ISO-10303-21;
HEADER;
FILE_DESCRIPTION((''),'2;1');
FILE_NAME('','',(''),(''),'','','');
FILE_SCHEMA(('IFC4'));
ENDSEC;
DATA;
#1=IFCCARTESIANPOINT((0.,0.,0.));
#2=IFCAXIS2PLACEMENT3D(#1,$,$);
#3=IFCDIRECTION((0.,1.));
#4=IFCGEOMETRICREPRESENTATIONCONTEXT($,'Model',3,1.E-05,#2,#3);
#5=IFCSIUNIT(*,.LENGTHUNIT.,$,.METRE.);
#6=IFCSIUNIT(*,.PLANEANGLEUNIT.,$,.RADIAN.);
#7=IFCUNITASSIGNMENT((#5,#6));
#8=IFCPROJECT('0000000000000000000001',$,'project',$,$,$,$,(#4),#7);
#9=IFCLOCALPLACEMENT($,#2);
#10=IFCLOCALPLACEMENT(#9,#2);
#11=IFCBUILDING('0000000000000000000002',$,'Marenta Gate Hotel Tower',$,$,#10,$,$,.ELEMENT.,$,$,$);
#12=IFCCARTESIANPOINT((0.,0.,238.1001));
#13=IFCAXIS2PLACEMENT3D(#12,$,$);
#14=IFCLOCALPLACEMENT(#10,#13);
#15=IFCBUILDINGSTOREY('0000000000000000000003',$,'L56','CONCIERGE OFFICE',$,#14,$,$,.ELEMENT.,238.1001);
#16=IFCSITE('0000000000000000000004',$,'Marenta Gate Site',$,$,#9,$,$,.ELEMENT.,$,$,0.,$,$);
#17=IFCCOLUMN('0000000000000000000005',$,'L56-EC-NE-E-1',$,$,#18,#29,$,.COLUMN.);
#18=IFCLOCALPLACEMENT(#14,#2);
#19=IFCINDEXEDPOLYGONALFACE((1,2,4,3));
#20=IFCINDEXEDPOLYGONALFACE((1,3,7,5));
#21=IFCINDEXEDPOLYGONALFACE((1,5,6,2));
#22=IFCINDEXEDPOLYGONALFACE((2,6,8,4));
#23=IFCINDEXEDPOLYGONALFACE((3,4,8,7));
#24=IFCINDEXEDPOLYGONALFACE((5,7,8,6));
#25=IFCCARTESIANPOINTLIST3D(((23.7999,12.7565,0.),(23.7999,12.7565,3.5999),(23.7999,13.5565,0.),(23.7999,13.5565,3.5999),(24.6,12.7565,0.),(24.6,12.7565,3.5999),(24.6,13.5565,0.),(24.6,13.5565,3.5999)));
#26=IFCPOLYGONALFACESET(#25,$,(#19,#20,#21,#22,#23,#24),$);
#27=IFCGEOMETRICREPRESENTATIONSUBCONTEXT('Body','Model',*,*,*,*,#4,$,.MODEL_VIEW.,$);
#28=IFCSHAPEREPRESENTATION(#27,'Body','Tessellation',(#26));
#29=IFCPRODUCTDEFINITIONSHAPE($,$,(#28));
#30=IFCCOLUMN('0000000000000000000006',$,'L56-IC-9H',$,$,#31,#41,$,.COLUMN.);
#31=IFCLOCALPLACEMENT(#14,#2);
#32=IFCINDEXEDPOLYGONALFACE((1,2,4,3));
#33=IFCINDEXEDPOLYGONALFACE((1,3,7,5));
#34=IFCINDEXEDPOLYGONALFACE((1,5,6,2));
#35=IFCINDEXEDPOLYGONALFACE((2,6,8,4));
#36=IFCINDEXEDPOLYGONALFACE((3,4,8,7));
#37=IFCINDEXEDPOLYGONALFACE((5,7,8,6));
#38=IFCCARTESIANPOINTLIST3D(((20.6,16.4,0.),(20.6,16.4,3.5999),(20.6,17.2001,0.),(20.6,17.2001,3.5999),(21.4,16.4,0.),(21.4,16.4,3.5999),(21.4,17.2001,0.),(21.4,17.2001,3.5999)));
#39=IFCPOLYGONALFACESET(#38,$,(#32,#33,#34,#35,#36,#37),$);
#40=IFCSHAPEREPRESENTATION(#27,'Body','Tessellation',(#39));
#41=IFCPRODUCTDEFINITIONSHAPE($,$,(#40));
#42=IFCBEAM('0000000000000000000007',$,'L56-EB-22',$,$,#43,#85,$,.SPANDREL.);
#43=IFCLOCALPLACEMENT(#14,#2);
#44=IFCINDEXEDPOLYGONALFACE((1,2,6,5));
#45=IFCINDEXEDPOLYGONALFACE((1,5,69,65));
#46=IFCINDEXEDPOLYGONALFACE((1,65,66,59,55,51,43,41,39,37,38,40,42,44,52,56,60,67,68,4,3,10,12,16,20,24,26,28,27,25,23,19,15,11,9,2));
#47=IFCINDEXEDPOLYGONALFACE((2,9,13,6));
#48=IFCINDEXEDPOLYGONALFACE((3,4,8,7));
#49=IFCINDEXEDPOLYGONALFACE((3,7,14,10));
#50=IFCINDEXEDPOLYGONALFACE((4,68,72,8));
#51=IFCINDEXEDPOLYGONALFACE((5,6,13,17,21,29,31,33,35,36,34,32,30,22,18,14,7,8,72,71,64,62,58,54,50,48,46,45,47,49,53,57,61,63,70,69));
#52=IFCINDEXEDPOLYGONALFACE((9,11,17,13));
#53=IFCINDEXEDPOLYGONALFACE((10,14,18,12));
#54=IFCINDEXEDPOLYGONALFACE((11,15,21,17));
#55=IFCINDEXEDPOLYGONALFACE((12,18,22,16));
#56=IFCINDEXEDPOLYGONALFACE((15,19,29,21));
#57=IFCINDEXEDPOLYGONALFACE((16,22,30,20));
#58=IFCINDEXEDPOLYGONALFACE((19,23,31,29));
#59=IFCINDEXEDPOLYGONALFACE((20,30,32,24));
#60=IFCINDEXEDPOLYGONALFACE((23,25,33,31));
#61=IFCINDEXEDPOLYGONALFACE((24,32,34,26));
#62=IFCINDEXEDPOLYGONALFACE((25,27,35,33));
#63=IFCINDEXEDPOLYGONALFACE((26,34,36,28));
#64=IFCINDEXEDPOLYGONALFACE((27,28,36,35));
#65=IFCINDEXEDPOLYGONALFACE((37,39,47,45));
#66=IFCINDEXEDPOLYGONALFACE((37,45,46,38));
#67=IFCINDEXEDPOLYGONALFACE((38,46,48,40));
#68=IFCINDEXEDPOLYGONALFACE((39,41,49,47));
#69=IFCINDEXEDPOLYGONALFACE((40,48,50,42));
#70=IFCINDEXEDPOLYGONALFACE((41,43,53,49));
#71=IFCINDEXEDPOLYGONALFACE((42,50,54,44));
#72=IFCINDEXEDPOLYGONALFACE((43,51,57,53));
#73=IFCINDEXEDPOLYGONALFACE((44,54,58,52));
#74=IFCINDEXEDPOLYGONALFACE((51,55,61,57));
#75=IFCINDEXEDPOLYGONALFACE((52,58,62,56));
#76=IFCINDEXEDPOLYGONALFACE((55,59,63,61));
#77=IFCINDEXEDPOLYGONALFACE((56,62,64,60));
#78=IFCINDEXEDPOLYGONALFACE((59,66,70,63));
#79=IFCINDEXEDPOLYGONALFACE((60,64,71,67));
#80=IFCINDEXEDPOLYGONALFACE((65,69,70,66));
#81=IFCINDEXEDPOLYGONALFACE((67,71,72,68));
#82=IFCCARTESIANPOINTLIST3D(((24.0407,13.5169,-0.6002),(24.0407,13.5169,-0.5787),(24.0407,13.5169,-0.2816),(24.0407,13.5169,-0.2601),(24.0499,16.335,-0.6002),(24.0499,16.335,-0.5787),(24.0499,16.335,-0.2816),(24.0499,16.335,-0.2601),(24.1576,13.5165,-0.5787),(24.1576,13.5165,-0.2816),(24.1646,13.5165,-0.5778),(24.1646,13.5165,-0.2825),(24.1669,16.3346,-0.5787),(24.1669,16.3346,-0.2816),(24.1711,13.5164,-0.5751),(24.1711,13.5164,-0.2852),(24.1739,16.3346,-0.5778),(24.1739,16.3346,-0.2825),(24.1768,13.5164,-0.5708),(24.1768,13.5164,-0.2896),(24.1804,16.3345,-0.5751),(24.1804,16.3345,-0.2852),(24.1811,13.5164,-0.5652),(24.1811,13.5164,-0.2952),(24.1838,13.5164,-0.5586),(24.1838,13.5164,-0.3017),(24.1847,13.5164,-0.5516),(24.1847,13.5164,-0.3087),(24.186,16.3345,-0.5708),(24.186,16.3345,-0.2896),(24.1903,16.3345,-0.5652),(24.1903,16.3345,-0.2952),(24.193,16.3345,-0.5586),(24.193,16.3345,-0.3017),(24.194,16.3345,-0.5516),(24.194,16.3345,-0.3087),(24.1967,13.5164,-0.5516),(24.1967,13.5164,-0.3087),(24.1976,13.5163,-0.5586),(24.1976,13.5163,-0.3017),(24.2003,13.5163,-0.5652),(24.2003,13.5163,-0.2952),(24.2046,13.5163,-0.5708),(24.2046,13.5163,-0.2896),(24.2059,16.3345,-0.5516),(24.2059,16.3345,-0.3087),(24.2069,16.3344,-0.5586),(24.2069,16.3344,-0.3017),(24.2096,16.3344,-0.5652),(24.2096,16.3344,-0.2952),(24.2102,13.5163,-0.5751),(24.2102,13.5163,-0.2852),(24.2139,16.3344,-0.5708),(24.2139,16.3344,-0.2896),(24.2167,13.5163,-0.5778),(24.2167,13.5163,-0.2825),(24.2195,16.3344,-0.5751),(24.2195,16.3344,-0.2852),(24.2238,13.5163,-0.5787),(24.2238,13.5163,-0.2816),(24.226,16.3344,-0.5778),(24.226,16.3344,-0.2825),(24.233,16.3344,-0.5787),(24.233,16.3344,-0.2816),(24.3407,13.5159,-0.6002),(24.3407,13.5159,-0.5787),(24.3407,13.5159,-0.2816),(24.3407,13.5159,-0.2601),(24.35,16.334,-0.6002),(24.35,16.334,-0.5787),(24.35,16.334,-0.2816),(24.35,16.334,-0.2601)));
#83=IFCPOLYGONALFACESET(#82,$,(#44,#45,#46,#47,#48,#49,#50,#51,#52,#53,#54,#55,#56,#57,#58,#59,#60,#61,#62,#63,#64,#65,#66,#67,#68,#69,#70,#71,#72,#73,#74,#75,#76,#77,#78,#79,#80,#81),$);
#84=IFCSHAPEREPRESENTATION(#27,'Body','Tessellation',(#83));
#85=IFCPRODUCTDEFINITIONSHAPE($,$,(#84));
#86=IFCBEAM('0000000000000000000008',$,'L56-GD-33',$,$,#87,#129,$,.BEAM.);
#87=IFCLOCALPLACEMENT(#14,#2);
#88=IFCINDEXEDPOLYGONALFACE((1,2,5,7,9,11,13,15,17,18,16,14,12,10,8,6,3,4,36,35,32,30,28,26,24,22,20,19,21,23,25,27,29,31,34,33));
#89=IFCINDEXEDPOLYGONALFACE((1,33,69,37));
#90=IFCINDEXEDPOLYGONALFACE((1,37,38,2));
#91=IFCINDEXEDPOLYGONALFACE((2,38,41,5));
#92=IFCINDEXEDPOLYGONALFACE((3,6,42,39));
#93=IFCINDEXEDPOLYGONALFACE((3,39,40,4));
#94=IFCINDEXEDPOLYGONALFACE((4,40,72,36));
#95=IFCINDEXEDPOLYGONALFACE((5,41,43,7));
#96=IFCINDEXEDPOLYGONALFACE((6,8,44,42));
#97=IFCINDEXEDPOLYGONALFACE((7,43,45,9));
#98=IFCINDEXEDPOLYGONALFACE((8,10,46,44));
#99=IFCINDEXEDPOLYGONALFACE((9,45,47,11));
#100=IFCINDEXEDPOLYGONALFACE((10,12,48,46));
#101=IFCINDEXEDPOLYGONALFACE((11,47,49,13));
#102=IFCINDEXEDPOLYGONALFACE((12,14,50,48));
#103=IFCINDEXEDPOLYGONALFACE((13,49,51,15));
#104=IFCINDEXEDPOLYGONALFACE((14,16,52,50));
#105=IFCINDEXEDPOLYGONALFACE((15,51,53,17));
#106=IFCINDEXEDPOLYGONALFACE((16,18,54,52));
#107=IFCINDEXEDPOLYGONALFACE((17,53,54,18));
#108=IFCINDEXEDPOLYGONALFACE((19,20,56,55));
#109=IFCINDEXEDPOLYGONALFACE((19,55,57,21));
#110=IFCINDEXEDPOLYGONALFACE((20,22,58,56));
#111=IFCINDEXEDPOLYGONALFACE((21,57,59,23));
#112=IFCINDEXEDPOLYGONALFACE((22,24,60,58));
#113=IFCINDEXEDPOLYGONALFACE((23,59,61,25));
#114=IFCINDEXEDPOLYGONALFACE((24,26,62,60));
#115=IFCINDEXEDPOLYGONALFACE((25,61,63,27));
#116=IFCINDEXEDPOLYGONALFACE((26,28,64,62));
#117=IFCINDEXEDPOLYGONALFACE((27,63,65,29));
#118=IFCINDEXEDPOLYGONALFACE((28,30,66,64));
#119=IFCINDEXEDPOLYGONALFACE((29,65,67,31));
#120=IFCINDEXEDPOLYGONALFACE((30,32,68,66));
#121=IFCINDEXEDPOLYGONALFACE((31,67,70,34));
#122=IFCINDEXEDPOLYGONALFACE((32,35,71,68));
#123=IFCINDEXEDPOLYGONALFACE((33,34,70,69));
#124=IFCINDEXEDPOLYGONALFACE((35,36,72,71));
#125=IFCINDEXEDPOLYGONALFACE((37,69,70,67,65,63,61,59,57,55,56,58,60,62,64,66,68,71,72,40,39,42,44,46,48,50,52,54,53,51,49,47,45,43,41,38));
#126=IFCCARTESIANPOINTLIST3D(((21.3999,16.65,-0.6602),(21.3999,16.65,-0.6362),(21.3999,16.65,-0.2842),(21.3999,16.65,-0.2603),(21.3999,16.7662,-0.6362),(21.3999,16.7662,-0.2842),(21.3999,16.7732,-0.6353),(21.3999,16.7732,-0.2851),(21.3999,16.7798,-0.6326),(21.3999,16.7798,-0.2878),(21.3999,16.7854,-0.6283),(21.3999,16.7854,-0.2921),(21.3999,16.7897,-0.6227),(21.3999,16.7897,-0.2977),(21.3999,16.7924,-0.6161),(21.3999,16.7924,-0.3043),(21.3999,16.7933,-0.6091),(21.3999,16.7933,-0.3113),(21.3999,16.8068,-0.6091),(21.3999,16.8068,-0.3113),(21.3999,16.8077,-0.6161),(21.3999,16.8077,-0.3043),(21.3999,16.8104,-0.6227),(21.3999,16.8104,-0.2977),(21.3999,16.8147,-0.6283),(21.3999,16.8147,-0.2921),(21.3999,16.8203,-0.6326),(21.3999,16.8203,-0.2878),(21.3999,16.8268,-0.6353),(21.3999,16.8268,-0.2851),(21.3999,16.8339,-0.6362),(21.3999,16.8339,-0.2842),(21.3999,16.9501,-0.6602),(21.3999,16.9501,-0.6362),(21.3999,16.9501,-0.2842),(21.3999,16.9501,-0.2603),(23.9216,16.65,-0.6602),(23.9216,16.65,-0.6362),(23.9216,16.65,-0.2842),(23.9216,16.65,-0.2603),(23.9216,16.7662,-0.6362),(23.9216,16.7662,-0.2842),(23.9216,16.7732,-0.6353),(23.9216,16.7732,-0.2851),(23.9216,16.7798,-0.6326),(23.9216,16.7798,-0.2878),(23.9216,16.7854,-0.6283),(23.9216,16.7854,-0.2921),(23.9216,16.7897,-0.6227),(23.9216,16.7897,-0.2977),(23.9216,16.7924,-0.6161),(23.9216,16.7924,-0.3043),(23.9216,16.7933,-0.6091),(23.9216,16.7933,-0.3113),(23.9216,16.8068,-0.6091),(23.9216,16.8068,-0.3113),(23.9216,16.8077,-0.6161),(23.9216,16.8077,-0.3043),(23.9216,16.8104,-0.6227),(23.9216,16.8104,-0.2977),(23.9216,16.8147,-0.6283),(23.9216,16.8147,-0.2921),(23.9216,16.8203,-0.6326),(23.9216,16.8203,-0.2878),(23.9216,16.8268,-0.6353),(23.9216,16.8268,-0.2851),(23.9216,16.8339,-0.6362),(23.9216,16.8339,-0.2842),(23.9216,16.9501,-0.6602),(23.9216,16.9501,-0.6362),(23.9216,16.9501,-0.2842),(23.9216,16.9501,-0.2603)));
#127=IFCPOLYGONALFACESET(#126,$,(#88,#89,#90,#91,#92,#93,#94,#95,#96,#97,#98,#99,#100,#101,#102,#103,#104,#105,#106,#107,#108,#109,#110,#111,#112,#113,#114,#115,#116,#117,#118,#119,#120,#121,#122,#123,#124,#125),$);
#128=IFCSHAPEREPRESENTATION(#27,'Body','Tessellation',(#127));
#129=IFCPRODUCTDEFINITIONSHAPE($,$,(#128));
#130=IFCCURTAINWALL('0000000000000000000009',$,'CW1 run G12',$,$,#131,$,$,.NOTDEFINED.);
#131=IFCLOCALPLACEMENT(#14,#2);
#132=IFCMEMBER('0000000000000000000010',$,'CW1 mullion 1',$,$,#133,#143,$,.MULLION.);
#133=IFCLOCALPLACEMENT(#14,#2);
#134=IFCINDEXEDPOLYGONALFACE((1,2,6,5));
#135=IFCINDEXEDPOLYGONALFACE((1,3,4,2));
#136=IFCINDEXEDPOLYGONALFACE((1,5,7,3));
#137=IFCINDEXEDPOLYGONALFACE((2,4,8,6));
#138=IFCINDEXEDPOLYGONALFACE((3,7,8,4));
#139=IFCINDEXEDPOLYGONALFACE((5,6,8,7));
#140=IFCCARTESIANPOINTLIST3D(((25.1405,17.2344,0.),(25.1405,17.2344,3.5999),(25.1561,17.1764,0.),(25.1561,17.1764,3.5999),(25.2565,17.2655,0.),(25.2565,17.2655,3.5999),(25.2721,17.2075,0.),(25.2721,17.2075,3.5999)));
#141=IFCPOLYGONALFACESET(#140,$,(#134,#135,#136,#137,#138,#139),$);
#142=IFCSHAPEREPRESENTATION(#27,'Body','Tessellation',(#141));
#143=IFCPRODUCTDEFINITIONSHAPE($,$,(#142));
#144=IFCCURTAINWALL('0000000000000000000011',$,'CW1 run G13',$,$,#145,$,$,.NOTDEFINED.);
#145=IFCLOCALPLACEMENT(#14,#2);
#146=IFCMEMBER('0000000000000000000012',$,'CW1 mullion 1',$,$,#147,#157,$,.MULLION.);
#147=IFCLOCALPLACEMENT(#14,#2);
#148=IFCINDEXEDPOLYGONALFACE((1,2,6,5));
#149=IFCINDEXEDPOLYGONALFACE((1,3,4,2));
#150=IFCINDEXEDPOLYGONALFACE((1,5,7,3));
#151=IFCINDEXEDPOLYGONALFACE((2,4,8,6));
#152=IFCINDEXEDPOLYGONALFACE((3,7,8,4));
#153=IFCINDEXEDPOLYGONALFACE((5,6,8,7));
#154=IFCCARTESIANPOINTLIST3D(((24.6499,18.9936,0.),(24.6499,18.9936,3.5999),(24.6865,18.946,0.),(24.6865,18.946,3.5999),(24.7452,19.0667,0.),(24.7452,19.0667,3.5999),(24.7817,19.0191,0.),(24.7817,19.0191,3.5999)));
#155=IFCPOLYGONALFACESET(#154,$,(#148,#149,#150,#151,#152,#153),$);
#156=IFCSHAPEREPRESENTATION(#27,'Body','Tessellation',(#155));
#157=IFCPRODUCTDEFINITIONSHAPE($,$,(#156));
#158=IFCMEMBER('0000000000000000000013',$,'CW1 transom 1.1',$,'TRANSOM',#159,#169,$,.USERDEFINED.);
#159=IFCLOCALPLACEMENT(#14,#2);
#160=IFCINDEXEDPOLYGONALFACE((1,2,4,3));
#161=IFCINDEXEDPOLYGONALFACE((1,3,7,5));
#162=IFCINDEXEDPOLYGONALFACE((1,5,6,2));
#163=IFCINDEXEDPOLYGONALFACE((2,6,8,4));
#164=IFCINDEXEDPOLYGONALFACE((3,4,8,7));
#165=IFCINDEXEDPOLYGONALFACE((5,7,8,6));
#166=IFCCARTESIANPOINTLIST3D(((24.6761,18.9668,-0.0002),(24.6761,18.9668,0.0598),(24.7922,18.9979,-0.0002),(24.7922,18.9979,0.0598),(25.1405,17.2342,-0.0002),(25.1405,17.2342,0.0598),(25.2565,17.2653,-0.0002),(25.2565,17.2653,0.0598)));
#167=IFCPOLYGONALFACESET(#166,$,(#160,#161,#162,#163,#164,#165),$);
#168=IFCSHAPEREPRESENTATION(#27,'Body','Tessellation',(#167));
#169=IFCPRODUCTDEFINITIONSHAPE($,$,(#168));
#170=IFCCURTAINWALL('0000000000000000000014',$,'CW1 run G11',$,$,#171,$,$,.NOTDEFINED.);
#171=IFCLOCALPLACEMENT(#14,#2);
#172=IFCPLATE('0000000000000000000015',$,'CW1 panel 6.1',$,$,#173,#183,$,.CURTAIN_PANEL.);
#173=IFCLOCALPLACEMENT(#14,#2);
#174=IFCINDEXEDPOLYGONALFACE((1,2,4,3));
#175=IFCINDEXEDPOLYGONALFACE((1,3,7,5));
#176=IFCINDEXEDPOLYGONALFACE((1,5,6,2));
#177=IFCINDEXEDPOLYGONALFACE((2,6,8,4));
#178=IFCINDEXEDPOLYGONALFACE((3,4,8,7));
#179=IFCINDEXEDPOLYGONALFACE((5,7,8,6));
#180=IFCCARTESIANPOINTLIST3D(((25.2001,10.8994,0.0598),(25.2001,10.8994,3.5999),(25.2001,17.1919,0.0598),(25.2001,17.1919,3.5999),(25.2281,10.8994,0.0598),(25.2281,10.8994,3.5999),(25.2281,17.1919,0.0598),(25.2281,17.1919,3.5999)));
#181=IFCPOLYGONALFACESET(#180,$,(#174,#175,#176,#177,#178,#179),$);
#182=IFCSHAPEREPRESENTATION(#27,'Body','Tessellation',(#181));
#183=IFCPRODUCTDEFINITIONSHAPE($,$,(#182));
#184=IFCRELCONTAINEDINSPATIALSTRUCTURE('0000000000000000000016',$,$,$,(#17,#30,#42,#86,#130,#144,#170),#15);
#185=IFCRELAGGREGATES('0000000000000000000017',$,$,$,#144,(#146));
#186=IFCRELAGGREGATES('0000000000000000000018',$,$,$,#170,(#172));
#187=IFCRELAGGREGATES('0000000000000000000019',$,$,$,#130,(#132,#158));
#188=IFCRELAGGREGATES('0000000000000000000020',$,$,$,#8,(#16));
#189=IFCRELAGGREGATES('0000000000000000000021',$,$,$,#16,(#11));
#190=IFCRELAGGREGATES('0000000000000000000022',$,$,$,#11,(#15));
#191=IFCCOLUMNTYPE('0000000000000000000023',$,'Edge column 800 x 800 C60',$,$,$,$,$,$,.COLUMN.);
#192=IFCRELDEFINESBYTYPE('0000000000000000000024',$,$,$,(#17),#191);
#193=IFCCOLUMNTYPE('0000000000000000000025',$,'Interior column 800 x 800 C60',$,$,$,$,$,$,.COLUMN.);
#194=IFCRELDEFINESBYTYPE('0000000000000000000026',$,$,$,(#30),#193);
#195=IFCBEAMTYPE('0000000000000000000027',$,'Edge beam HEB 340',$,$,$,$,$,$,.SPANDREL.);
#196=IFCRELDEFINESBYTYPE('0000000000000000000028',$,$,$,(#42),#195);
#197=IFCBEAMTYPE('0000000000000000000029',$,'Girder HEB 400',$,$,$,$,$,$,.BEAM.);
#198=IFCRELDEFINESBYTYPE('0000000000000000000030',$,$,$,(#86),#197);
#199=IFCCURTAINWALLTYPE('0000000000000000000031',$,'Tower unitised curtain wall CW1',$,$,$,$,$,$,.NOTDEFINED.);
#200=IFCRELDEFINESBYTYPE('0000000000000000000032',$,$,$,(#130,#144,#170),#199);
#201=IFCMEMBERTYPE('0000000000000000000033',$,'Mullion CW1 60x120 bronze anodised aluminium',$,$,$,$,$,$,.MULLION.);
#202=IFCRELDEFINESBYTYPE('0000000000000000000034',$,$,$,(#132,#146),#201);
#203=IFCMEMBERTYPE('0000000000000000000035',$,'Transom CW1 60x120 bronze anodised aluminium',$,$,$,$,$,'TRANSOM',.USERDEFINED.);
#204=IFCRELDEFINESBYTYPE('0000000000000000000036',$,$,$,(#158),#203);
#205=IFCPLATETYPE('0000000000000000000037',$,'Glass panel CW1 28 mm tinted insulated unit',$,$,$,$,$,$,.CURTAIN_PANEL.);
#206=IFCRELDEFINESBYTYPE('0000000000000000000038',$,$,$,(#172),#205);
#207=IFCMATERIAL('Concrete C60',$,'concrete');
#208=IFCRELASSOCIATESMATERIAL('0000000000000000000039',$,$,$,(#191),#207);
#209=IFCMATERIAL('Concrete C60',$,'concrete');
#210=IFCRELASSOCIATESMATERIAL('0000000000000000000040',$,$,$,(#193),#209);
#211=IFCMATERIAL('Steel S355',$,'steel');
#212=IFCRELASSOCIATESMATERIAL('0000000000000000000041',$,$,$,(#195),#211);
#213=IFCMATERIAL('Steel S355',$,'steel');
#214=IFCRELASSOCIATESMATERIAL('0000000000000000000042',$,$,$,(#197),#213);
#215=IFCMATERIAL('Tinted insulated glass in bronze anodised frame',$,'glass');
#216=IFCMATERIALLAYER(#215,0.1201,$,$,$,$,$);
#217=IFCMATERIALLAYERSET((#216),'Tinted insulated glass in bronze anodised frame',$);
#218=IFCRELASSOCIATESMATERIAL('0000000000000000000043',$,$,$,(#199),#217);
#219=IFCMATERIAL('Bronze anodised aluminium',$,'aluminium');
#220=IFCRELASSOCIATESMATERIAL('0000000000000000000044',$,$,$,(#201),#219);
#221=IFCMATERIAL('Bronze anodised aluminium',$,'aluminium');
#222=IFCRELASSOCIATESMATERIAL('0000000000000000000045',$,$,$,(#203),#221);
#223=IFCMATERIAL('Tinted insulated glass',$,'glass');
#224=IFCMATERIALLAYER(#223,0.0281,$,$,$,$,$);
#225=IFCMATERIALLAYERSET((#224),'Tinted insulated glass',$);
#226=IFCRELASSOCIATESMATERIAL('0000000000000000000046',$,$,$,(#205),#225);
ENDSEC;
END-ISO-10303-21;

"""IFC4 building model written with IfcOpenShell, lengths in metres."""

from ifc_helpers import new_model, si_unit, direction, frame, origin, origin_2d, place, context, subcontext, project, spatial, rectangle, i_section, extrude, material, layer, layer_set, material_profile, profile_set, type_object, element, aggregate, save


model = new_model("IFC4")

# Units and contexts
model_context = context("Model", 3, precision=1e-05, world=origin(), true_north=direction((0.0, 1.0)))
body_context = subcontext(model_context, "Body", "Model", "MODEL_VIEW")
ifc_project = project(units=[si_unit("LENGTHUNIT", "METRE"), si_unit("PLANEANGLEUNIT", "RADIAN")], contexts=[model_context])

# Site, building, storey
site_placement = place(None, origin())
site = spatial("IfcSite", under=ifc_project, at=site_placement, Name="Marenta Gate Site", CompositionType="ELEMENT", RefElevation=0.0)
building_placement = place(site_placement, origin())
building = spatial("IfcBuilding", under=site, at=building_placement, Name="Marenta Gate Hotel Tower", CompositionType="ELEMENT")
storey_placement = place(building_placement, frame((0.0, 0.0, 238.1001)))
storey = spatial("IfcBuildingStorey", under=building, at=storey_placement, Name="L56", Description="CONCIERGE OFFICE", CompositionType="ELEMENT", Elevation=238.1001)

# Columns
ifc_material_1 = material(Name="Concrete C60", Category="concrete")
ifc_material_profile_1 = material_profile(ifc_material_1, rectangle(XDim=0.8, YDim=0.8, at=origin_2d()), Name="800 x 800")
ifc_profile_set_1 = profile_set([ifc_material_profile_1], Name="Concrete C60")
column_type_1 = type_object("IfcColumnType", Name="Edge column 800 x 800 C60", PredefinedType="COLUMN", material=ifc_profile_set_1)
column_1_placement = place(storey_placement, frame((24.2, 13.1565, 0.0), z_axis=(0.0, 0.0, 1.0), x_axis=(1.0, 0.0, 0.0)))
element("IfcColumn", 1, at=column_1_placement, inside=storey, type_object=column_type_1, Name="L56-EC-NE-E-1", PredefinedType="COLUMN", context=body_context, shape_type="SweptSolid", body=[
    extrude(rectangle(XDim=0.8, YDim=0.8, at=origin_2d()), origin(), (0.0, 0.0, 1.0), 3.5999),
])
ifc_material_2 = material(Name="Concrete C60", Category="concrete")
ifc_material_profile_2 = material_profile(ifc_material_2, rectangle(XDim=0.8, YDim=0.8, at=origin_2d()), Name="800 x 800")
ifc_profile_set_2 = profile_set([ifc_material_profile_2], Name="Concrete C60")
column_type_2 = type_object("IfcColumnType", Name="Interior column 800 x 800 C60", PredefinedType="COLUMN", material=ifc_profile_set_2)
column_2_placement = place(storey_placement, frame((21.0, 16.8, 0.0), z_axis=(0.0, 0.0, 1.0), x_axis=(1.0, 0.0, 0.0)))
element("IfcColumn", 2, at=column_2_placement, inside=storey, type_object=column_type_2, Name="L56-IC-9H", PredefinedType="COLUMN", context=body_context, shape_type="SweptSolid", body=[
    extrude(rectangle(XDim=0.8, YDim=0.8, at=origin_2d()), origin(), (0.0, 0.0, 1.0), 3.5999),
])

# Beams
ifc_material_3 = material(Name="Steel S355", Category="steel")
ifc_material_profile_3 = material_profile(ifc_material_3, i_section(OverallWidth=0.3, OverallDepth=0.3401, WebThickness=0.012, FlangeThickness=0.0215, FilletRadius=0.0271, at=origin_2d()), Name="HEB 340")
ifc_profile_set_3 = profile_set([ifc_material_profile_3], Name="Steel S355")
beam_type_1 = type_object("IfcBeamType", Name="Edge beam HEB 340", PredefinedType="SPANDREL", material=ifc_profile_set_3)
beam_1_placement = place(storey_placement, frame((24.2, 16.3345, -0.4302), z_axis=(-0.003292, -0.999995, 0.0), x_axis=(0.999995, -0.003292, 0.0)))
element("IfcBeam", 3, at=beam_1_placement, inside=storey, type_object=beam_type_1, Name="L56-EB-22", PredefinedType="SPANDREL", context=body_context, shape_type="SweptSolid", body=[
    extrude(i_section(OverallWidth=0.3, OverallDepth=0.3401, WebThickness=0.012, FlangeThickness=0.0215, FilletRadius=0.0271, at=origin_2d()), origin(), (0.0, 0.0, 1.0), 2.8181),
])
ifc_material_4 = material(Name="Steel S355", Category="steel")
ifc_material_profile_4 = material_profile(ifc_material_4, i_section(OverallWidth=0.3, OverallDepth=0.3999, WebThickness=0.0134, FlangeThickness=0.0239, FilletRadius=0.0271, at=origin_2d()), Name="HEB 400")
ifc_profile_set_4 = profile_set([ifc_material_profile_4], Name="Steel S355")
beam_type_2 = type_object("IfcBeamType", Name="Girder HEB 400", PredefinedType="BEAM", material=ifc_profile_set_4)
beam_2_placement = place(storey_placement, frame((21.3999, 16.8, -0.4602), z_axis=(1.0, 0.0, 0.0), x_axis=(0.0, 1.0, 0.0)))
element("IfcBeam", 4, at=beam_2_placement, inside=storey, type_object=beam_type_2, Name="L56-GD-33", PredefinedType="BEAM", context=body_context, shape_type="SweptSolid", body=[
    extrude(i_section(OverallWidth=0.3, OverallDepth=0.3999, WebThickness=0.0134, FlangeThickness=0.0239, FilletRadius=0.0271, at=origin_2d()), origin(), (0.0, 0.0, 1.0), 2.5217),
])

# Curtain walls, members
ifc_material_5 = material(Name="Tinted insulated glass in bronze anodised frame", Category="glass")
ifc_layer_1 = layer(ifc_material_5, 0.1201)
ifc_layer_set_1 = layer_set([ifc_layer_1], Name="Tinted insulated glass in bronze anodised frame")
curtain_wall_type = type_object("IfcCurtainWallType", Name="Tower unitised curtain wall CW1", PredefinedType="NOTDEFINED", material=ifc_layer_set_1)
curtain_wall_1_placement = place(storey_placement, origin())
curtain_wall_1 = element("IfcCurtainWall", 5, at=curtain_wall_1_placement, inside=storey, type_object=curtain_wall_type, Name="CW1 run G12", PredefinedType="NOTDEFINED")
ifc_material_6 = material(Name="Bronze anodised aluminium", Category="aluminium")
ifc_material_profile_5 = material_profile(ifc_material_6, rectangle(XDim=0.1201, YDim=0.0601, at=origin_2d()), Name="Mullion CW1 60x120 bronze anodised aluminium")
ifc_profile_set_5 = profile_set([ifc_material_profile_5], Name="Bronze anodised aluminium")
member_type_1 = type_object("IfcMemberType", Name="Mullion CW1 60x120 bronze anodised aluminium", PredefinedType="MULLION", material=ifc_profile_set_5)
member_1_placement = place(storey_placement, frame((25.2063, 17.2209, 0.0), z_axis=(0.0, 0.0, 1.0), x_axis=(-0.965924, -0.258824, 0.0)))
member_1 = element("IfcMember", 6, at=member_1_placement, type_object=member_type_1, Name="CW1 mullion 1", PredefinedType="MULLION", context=body_context, shape_type="SweptSolid", body=[
    extrude(rectangle(XDim=0.1201, YDim=0.0601, at=origin_2d()), origin(), (0.0, 0.0, 1.0), 3.5999),
])
curtain_wall_2_placement = place(storey_placement, origin())
curtain_wall_2 = element("IfcCurtainWall", 7, at=curtain_wall_2_placement, inside=storey, type_object=curtain_wall_type, Name="CW1 run G13", PredefinedType="NOTDEFINED")
member_2_placement = place(storey_placement, frame((24.7158, 19.0063, 0.0), z_axis=(0.0, 0.0, 1.0), x_axis=(-0.793333, -0.608787, 0.0)))
member_2 = element("IfcMember", 8, at=member_2_placement, type_object=member_type_1, Name="CW1 mullion 1", PredefinedType="MULLION", context=body_context, shape_type="SweptSolid", body=[
    extrude(rectangle(XDim=0.1201, YDim=0.0601, at=origin_2d()), origin(), (0.0, 0.0, 1.0), 3.5999),
])
aggregate(curtain_wall_2, [member_2])

# Member
ifc_material_7 = material(Name="Bronze anodised aluminium", Category="aluminium")
ifc_material_profile_6 = material_profile(ifc_material_7, rectangle(XDim=0.1201, YDim=0.0601, at=origin_2d()), Name="Transom CW1 60x120 bronze anodised aluminium")
ifc_profile_set_6 = profile_set([ifc_material_profile_6], Name="Bronze anodised aluminium")
member_type_2 = type_object("IfcMemberType", Name="Transom CW1 60x120 bronze anodised aluminium", ElementType="TRANSOM", PredefinedType="USERDEFINED", material=ifc_profile_set_6)
member_3_placement = place(storey_placement, frame((25.1985, 17.2498, 0.0298), z_axis=(-0.258865, 0.965913, 0.0), x_axis=(-0.965913, -0.258865, 0.0)))
member_3 = element("IfcMember", 9, at=member_3_placement, type_object=member_type_2, Name="CW1 transom 1.1", ObjectType="TRANSOM", PredefinedType="USERDEFINED", context=body_context, shape_type="SweptSolid", body=[
    extrude(rectangle(XDim=0.1201, YDim=0.0601, at=origin_2d()), origin(), (0.0, 0.0, 1.0), 1.7937),
])

# Curtain wall, plate
curtain_wall_3_placement = place(storey_placement, origin())
curtain_wall_3 = element("IfcCurtainWall", 10, at=curtain_wall_3_placement, inside=storey, type_object=curtain_wall_type, Name="CW1 run G11", PredefinedType="NOTDEFINED")
ifc_material_8 = material(Name="Tinted insulated glass", Category="glass")
ifc_layer_2 = layer(ifc_material_8, 0.0281)
ifc_layer_set_2 = layer_set([ifc_layer_2], Name="Tinted insulated glass")
plate_type = type_object("IfcPlateType", Name="Glass panel CW1 28 mm tinted insulated unit", PredefinedType="CURTAIN_PANEL", material=ifc_layer_set_2)
plate_1_placement = place(storey_placement, frame((25.2141, 14.0457, 0.0598), z_axis=(0.0, 0.0, 1.0), x_axis=(0.0, 1.0, 0.0)))
plate_1 = element("IfcPlate", 11, at=plate_1_placement, type_object=plate_type, Name="CW1 panel 6.1", PredefinedType="CURTAIN_PANEL", context=body_context, shape_type="SweptSolid", body=[
    extrude(rectangle(XDim=6.2925, YDim=0.0281, at=origin_2d()), origin(), (0.0, 0.0, 1.0), 3.54),
])
aggregate(curtain_wall_3, [plate_1])

aggregate(curtain_wall_1, [member_1, member_3])

save(model, "model.ifc")
